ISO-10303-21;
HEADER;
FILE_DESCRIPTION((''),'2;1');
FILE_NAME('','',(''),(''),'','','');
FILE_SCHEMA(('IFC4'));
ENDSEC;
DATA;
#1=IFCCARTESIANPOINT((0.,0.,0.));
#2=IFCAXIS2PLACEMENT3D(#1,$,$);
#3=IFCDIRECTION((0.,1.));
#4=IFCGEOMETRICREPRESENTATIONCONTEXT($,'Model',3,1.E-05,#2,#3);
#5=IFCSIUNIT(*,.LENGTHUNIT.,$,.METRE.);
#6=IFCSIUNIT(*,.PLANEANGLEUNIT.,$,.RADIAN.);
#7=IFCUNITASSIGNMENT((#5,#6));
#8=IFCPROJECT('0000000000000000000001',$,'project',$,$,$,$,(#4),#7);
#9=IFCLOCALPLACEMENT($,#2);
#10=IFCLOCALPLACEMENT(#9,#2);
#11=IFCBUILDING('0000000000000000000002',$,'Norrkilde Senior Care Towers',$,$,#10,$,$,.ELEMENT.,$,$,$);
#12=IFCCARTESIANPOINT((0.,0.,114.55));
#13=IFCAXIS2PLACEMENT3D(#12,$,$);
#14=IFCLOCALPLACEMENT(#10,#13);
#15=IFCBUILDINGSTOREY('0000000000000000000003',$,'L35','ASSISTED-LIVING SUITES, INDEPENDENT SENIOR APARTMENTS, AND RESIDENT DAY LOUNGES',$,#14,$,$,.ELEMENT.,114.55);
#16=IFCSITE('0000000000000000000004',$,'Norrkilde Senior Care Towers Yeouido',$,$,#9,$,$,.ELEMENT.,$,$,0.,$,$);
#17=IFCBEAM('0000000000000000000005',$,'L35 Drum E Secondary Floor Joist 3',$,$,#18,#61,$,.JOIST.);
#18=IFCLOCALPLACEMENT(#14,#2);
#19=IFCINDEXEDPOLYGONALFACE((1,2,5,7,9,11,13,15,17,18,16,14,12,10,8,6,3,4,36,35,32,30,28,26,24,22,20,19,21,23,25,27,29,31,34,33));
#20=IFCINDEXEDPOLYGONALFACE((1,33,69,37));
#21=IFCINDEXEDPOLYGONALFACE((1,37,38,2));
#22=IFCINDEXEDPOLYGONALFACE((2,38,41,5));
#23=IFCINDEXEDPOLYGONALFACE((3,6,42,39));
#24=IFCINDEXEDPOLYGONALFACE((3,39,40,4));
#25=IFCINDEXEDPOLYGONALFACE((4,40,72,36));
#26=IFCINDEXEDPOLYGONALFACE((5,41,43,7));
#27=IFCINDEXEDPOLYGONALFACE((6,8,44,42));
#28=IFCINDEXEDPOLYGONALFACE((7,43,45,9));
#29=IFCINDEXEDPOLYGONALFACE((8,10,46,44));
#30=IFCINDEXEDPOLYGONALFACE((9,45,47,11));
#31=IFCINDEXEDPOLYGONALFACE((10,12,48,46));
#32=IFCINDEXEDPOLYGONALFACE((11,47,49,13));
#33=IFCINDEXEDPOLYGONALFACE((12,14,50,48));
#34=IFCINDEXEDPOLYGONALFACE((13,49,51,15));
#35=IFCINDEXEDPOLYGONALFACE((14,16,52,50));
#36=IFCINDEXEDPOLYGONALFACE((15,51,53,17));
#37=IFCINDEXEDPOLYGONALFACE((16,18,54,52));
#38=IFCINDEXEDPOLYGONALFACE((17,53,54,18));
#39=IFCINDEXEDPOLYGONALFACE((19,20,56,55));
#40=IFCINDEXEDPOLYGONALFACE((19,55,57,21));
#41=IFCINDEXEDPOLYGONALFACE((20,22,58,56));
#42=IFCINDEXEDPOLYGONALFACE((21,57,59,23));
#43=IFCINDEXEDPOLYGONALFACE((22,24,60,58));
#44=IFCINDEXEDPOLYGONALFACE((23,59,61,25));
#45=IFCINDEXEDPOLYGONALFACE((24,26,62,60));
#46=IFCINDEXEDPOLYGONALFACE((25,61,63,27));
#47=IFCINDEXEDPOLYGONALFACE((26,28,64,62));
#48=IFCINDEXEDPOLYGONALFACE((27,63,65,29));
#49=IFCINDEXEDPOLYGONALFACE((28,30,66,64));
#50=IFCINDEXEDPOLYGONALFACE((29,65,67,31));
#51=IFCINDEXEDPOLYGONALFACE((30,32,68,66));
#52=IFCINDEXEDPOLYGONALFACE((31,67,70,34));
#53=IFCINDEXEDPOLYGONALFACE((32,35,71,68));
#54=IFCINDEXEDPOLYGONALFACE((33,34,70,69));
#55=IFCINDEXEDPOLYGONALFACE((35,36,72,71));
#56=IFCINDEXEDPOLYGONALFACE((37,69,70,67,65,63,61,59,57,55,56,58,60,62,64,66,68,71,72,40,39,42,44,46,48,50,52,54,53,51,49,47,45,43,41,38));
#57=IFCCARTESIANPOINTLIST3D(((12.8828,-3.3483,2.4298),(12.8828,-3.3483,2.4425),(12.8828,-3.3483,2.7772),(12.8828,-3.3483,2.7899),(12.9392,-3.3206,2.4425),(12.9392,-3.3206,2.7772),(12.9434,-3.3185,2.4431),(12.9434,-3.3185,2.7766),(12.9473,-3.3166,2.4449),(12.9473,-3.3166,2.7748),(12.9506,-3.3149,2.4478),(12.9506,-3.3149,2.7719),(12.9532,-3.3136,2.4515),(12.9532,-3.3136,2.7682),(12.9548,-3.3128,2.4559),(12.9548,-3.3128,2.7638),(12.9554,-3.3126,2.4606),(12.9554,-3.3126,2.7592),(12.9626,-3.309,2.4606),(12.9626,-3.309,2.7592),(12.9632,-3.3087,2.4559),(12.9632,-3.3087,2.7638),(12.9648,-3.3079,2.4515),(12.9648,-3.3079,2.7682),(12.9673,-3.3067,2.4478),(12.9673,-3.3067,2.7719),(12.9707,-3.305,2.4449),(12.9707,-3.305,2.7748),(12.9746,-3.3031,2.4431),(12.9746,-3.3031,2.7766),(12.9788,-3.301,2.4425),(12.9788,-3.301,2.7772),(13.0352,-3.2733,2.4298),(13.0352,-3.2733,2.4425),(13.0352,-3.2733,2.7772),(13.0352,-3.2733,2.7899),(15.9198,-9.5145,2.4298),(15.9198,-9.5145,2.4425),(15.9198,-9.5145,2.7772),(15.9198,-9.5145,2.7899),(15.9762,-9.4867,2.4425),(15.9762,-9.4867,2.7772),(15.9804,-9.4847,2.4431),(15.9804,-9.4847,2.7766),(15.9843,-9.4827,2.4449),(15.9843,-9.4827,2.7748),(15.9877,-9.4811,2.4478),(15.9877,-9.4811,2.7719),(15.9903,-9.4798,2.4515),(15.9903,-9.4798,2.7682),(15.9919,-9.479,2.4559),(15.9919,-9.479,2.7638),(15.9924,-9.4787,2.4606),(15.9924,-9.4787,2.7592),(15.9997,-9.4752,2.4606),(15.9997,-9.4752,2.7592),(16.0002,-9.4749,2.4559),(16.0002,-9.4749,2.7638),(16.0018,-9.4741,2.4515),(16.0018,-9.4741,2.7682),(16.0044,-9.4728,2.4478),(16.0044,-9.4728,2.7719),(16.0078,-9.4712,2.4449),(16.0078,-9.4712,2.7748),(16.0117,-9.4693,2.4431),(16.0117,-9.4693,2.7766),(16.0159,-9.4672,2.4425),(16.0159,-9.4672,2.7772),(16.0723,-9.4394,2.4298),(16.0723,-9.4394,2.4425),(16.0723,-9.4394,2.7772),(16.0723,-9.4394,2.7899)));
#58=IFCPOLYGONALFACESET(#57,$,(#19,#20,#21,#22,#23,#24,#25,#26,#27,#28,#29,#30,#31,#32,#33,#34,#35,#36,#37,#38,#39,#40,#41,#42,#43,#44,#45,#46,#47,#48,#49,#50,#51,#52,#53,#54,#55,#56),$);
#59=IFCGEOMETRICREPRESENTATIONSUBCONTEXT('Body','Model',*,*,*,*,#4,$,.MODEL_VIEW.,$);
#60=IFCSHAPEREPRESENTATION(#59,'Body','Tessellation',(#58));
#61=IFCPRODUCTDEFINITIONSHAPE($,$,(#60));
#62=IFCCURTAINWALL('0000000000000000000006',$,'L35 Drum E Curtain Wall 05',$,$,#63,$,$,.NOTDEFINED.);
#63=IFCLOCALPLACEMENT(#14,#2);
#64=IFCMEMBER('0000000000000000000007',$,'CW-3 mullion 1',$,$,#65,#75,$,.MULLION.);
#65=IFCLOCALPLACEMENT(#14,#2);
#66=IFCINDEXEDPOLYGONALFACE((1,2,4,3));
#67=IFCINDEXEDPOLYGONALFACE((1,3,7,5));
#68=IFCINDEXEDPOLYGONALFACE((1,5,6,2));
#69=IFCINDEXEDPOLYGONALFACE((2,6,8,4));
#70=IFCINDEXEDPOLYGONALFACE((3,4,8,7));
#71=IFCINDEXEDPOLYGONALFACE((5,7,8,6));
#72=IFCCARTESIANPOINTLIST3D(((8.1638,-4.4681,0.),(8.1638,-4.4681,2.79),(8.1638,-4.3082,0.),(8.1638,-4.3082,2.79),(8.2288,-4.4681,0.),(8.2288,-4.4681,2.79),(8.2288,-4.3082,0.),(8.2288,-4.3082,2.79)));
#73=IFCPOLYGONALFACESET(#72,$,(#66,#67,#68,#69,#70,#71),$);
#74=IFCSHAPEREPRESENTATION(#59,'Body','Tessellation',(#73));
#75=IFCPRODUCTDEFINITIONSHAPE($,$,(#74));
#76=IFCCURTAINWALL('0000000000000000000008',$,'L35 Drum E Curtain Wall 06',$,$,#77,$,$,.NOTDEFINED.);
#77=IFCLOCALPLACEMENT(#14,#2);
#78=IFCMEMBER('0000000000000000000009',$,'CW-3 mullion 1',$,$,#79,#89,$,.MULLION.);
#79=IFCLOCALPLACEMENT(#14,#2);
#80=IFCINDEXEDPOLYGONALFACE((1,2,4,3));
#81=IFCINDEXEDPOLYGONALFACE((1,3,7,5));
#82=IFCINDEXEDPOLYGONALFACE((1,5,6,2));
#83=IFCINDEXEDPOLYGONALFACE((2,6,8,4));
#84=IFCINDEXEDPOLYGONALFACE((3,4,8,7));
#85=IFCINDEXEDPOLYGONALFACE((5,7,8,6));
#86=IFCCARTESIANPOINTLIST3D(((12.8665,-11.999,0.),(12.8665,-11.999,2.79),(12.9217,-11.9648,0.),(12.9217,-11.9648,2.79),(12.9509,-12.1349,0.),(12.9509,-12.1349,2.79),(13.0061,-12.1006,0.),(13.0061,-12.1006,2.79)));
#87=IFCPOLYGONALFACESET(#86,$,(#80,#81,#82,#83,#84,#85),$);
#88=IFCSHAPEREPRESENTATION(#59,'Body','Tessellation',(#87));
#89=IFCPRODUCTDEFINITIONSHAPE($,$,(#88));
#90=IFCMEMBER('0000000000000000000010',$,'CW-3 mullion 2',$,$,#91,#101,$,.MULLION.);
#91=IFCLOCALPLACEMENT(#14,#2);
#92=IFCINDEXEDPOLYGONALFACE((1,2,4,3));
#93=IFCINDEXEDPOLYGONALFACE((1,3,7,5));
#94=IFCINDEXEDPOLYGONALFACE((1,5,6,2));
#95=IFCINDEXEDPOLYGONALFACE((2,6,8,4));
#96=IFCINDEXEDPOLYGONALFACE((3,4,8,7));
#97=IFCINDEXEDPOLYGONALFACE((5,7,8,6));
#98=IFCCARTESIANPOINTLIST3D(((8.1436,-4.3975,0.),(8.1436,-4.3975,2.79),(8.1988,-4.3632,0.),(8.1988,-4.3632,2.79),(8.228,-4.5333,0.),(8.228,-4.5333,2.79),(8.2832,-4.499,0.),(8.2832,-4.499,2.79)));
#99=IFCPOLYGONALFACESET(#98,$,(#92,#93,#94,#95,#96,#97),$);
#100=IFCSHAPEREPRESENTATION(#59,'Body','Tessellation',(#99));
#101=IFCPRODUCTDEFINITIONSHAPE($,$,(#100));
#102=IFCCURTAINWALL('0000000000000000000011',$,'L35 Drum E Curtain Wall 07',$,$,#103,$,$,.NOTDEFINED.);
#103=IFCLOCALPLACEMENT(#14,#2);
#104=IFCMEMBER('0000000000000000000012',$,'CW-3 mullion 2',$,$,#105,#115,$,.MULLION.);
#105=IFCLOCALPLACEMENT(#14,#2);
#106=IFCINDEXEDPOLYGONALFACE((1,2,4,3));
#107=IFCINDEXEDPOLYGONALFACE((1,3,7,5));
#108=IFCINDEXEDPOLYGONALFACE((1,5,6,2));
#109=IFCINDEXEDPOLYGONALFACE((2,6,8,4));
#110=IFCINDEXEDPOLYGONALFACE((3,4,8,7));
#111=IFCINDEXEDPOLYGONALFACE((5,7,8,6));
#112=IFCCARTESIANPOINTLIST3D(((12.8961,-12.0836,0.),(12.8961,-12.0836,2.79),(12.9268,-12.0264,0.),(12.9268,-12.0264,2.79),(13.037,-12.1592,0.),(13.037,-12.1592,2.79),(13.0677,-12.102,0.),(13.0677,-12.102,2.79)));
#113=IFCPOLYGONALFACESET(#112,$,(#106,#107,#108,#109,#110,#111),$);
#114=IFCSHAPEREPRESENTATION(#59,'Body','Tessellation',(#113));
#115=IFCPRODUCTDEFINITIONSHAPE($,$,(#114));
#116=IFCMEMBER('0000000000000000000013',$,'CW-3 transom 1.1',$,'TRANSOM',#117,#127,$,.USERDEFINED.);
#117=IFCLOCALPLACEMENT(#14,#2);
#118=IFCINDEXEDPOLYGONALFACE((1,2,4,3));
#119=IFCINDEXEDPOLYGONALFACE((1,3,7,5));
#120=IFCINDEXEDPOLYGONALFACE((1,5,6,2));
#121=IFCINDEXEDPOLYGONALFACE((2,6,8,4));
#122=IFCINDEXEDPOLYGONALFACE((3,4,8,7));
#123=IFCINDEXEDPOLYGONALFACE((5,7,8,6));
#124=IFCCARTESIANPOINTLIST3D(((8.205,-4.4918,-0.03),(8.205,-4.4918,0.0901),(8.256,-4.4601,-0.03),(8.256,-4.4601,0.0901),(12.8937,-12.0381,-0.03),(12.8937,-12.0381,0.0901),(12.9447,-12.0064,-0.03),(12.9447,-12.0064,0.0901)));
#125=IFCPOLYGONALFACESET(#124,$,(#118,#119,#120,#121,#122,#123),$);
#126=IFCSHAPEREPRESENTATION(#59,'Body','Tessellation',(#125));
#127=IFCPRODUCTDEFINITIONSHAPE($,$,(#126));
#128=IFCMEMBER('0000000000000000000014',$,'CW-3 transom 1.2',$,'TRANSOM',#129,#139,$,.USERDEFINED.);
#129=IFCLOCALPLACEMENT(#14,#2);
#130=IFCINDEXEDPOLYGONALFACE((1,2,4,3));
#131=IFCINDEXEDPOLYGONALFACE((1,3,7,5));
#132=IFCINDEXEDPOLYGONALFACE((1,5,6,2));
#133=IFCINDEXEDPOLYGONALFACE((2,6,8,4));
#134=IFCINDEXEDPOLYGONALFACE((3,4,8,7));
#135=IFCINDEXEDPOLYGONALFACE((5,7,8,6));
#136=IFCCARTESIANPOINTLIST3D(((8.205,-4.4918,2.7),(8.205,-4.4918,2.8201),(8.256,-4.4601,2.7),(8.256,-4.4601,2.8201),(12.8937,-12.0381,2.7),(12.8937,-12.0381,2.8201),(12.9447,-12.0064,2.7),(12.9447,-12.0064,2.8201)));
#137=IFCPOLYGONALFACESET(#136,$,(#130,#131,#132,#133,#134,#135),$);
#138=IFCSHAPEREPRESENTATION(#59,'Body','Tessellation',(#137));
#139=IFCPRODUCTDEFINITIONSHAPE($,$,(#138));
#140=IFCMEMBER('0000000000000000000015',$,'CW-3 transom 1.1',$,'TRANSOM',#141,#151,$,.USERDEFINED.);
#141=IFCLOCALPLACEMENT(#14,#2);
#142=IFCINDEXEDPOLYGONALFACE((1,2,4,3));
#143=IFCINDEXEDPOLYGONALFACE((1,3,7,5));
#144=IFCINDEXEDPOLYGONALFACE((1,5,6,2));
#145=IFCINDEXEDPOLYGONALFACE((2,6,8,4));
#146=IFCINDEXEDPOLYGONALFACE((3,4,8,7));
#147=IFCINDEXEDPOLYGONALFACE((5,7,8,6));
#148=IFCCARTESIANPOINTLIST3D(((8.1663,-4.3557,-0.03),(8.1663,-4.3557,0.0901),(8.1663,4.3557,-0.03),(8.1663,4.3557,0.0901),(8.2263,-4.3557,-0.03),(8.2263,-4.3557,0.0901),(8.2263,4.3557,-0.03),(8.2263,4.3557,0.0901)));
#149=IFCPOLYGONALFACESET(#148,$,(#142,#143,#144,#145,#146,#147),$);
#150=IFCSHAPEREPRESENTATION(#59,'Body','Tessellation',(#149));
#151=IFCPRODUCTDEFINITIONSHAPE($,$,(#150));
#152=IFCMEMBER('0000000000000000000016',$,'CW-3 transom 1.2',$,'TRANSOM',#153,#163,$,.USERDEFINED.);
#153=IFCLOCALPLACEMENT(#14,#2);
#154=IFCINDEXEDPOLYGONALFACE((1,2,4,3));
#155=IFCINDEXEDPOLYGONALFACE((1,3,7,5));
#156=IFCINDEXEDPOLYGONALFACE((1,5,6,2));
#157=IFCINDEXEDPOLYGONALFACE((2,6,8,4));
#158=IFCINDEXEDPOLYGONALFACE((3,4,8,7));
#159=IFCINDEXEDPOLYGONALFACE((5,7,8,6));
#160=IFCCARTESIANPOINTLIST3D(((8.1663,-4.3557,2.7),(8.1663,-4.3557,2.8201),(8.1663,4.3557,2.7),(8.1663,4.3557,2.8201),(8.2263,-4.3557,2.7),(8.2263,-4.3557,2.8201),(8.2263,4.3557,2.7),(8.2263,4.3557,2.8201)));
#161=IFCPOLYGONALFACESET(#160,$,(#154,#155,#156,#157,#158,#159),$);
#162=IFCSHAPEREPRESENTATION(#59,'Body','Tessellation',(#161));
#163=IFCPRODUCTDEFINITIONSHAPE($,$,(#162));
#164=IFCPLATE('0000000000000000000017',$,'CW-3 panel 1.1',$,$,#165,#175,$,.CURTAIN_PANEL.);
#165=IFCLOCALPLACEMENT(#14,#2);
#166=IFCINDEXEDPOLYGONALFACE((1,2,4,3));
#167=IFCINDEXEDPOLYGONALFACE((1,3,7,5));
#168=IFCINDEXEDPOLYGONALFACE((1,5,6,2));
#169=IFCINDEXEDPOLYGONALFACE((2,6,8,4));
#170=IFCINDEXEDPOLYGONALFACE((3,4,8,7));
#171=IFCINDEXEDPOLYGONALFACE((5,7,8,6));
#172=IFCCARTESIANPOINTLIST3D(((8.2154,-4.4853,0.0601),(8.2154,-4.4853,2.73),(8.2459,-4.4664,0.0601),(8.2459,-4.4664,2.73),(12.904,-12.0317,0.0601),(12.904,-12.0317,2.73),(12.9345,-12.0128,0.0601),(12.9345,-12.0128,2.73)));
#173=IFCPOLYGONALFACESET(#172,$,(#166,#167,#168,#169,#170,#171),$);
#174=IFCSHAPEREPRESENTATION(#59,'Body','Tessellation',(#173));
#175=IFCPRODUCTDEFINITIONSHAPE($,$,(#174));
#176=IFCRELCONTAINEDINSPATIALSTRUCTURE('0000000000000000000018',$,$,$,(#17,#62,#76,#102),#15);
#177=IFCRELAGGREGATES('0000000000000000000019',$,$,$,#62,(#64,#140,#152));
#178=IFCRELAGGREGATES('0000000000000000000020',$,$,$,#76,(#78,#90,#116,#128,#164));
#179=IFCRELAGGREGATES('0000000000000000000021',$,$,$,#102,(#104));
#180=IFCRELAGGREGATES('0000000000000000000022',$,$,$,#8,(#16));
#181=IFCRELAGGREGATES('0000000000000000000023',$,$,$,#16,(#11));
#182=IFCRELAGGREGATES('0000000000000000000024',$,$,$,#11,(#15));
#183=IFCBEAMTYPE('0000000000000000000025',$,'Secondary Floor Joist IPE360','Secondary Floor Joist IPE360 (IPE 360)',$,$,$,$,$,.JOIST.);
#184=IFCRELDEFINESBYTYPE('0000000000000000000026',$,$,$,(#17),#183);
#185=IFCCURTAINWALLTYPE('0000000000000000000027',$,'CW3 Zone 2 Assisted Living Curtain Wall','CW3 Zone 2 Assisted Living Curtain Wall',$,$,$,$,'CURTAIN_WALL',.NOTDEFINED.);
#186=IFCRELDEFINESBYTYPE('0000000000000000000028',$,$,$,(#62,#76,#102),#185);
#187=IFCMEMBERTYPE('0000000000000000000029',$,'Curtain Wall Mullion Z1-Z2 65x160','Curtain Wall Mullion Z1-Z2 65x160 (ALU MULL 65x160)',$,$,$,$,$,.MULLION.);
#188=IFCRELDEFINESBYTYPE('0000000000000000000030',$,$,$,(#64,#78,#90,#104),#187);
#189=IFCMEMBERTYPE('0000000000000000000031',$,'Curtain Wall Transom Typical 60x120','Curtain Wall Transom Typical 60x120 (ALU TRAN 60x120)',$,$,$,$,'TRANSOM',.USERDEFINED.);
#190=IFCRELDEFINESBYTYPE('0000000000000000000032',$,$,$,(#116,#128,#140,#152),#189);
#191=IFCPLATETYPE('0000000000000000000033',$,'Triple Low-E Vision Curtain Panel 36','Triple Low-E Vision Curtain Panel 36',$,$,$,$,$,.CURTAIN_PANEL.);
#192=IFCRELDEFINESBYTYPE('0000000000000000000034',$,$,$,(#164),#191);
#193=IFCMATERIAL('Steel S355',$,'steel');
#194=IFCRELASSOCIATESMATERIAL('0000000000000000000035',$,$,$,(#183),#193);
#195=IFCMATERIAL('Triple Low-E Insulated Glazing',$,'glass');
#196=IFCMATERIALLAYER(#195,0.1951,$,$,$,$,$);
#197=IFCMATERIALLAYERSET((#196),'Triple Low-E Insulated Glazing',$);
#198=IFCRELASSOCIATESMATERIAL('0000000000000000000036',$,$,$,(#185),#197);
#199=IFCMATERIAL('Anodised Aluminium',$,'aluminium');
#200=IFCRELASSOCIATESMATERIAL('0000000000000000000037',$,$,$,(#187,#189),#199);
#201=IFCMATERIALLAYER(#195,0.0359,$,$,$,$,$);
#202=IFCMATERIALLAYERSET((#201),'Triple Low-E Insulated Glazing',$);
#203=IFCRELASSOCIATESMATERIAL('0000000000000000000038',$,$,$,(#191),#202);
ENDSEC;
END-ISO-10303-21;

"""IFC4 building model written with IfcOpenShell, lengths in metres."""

from ifc_helpers import new_model, si_unit, direction, frame, origin, origin_2d, place, context, subcontext, project, spatial, rectangle, i_section, extrude, source, transform, mapped, material, layer, layer_set, material_profile, profile_set, type_object, type_shapes, element, aggregate, save


model = new_model("IFC4")

# Units and contexts
model_context = context("Model", 3, precision=1e-05, world=origin(), true_north=direction((0.0, 1.0)))
body_context = subcontext(model_context, "Body", "Model", "MODEL_VIEW")
ifc_project = project(units=[si_unit("LENGTHUNIT", "METRE"), si_unit("PLANEANGLEUNIT", "RADIAN")], contexts=[model_context])

# Site, building, storey
site_placement = place(None, origin())
site = spatial("IfcSite", under=ifc_project, at=site_placement, Name="Norrkilde Senior Care Towers Yeouido", CompositionType="ELEMENT", RefElevation=0.0)
building_placement = place(site_placement, origin())
building = spatial("IfcBuilding", under=site, at=building_placement, Name="Norrkilde Senior Care Towers", CompositionType="ELEMENT")
storey_placement = place(building_placement, frame((0.0, 0.0, 114.55)))
storey = spatial("IfcBuildingStorey", under=building, at=storey_placement, Name="L35", Description="ASSISTED-LIVING SUITES, INDEPENDENT SENIOR APARTMENTS, AND RESIDENT DAY LOUNGES", CompositionType="ELEMENT", Elevation=114.55)

# Beam
ifc_material_1 = material(Name="Steel S355", Category="steel")
ifc_material_profile_1 = material_profile(ifc_material_1, i_section(OverallWidth=0.1699, OverallDepth=0.3601, WebThickness=0.0081, FlangeThickness=0.0127, FilletRadius=0.0181, at=origin_2d()), Name="IPE 360")
ifc_profile_set_1 = profile_set([ifc_material_profile_1], Name="Steel S355")
beam_type_1 = type_object("IfcBeamType", Name="Secondary Floor Joist IPE360", Description="Secondary Floor Joist IPE360 (IPE 360)", PredefinedType="JOIST", material=ifc_profile_set_1)
shared_shape_1 = source(origin(), body_context, "Body", "SweptSolid", [
    extrude(i_section(OverallWidth=0.1699, OverallDepth=0.3601, WebThickness=0.0081, FlangeThickness=0.0127, FilletRadius=0.0181, at=origin_2d()), origin(), (0.0, 0.0, 1.0), 6.8735),
])
type_shapes(beam_type_1, [shared_shape_1])
beam_1_placement = place(storey_placement, frame((12.959, -3.3108, 2.6099), z_axis=(0.441849, -0.897089, 0.0), x_axis=(0.897089, 0.441849, 0.0)))
element("IfcBeam", 1, at=beam_1_placement, inside=storey, type_object=beam_type_1, Name="L35 Drum E Secondary Floor Joist 3", PredefinedType="JOIST", context=body_context, shape_type="MappedRepresentation", body=[
    mapped(shared_shape_1, transform((0.0, 0.0, 0.0), x_axis=(1.0, 0.0, 0.0), y_axis=(0.0, 1.0, 0.0), z_axis=(0.0, 0.0, 1.0), scale=1.0)),
])

# Curtain wall, member
ifc_material_2 = material(Name="Triple Low-E Insulated Glazing", Category="glass")
ifc_layer_1 = layer(ifc_material_2, 0.1951)
ifc_layer_set_1 = layer_set([ifc_layer_1], Name="Triple Low-E Insulated Glazing")
curtain_wall_type = type_object("IfcCurtainWallType", Name="CW3 Zone 2 Assisted Living Curtain Wall", Description="CW3 Zone 2 Assisted Living Curtain Wall", ElementType="CURTAIN_WALL", PredefinedType="NOTDEFINED", material=ifc_layer_set_1)
curtain_wall_1_placement = place(storey_placement, origin())
curtain_wall_1 = element("IfcCurtainWall", 2, at=curtain_wall_1_placement, inside=storey, type_object=curtain_wall_type, Name="L35 Drum E Curtain Wall 05", PredefinedType="NOTDEFINED")
ifc_material_3 = material(Name="Anodised Aluminium", Category="aluminium")
ifc_material_profile_2 = material_profile(ifc_material_3, rectangle(XDim=0.0649, YDim=0.1599, at=origin_2d()), Name="ALU MULL 65x160")
ifc_profile_set_2 = profile_set([ifc_material_profile_2], Name="Anodised Aluminium")
member_type_1 = type_object("IfcMemberType", Name="Curtain Wall Mullion Z1-Z2 65x160", Description="Curtain Wall Mullion Z1-Z2 65x160 (ALU MULL 65x160)", PredefinedType="MULLION", material=ifc_profile_set_2)
shared_shape_2 = source(origin(), body_context, "Body", "SweptSolid", [
    extrude(rectangle(XDim=0.0649, YDim=0.1599, at=origin_2d()), origin(), (0.0, 0.0, 1.0), 2.79),
])
type_shapes(member_type_1, [shared_shape_2])
member_1_placement = place(storey_placement, frame((8.1963, -4.3882, 0.0), z_axis=(0.0, 0.0, 1.0), x_axis=(-1.0, 0.0, 0.0)))
member_1 = element("IfcMember", 3, at=member_1_placement, type_object=member_type_1, Name="CW-3 mullion 1", PredefinedType="MULLION", context=body_context, shape_type="MappedRepresentation", body=[
    mapped(shared_shape_2, transform((0.0, 0.0, 0.0), x_axis=(1.0, 0.0, 0.0), y_axis=(0.0, 1.0, 0.0), z_axis=(0.0, 0.0, 1.0), scale=1.0)),
])

# Curtain wall, members
curtain_wall_2_placement = place(storey_placement, origin())
curtain_wall_2 = element("IfcCurtainWall", 4, at=curtain_wall_2_placement, inside=storey, type_object=curtain_wall_type, Name="L35 Drum E Curtain Wall 06", PredefinedType="NOTDEFINED")
member_2_placement = place(storey_placement, frame((12.9363, -12.0498, 0.0), z_axis=(0.0, 0.0, 1.0), x_axis=(-0.84941, -0.527733, 0.0)))
member_2 = element("IfcMember", 5, at=member_2_placement, type_object=member_type_1, Name="CW-3 mullion 1", PredefinedType="MULLION", context=body_context, shape_type="MappedRepresentation", body=[
    mapped(shared_shape_2, transform((0.0, 0.0, 0.0), x_axis=(1.0, 0.0, 0.0), y_axis=(0.0, 1.0, 0.0), z_axis=(0.0, 0.0, 1.0), scale=1.0)),
])
member_3_placement = place(storey_placement, frame((8.2134, -4.4482, 0.0), z_axis=(0.0, 0.0, 1.0), x_axis=(-0.84941, -0.527733, 0.0)))
member_3 = element("IfcMember", 6, at=member_3_placement, type_object=member_type_1, Name="CW-3 mullion 2", PredefinedType="MULLION", context=body_context, shape_type="MappedRepresentation", body=[
    mapped(shared_shape_2, transform((0.0, 0.0, 0.0), x_axis=(1.0, 0.0, 0.0), y_axis=(0.0, 1.0, 0.0), z_axis=(0.0, 0.0, 1.0), scale=1.0)),
])

# Curtain wall, member
curtain_wall_3_placement = place(storey_placement, origin())
curtain_wall_3 = element("IfcCurtainWall", 7, at=curtain_wall_3_placement, inside=storey, type_object=curtain_wall_type, Name="L35 Drum E Curtain Wall 07", PredefinedType="NOTDEFINED")
member_4_placement = place(storey_placement, frame((12.9819, -12.0928, 0.0), z_axis=(0.0, 0.0, 1.0), x_axis=(-0.472769, -0.881186, 0.0)))
member_4 = element("IfcMember", 8, at=member_4_placement, type_object=member_type_1, Name="CW-3 mullion 2", PredefinedType="MULLION", context=body_context, shape_type="MappedRepresentation", body=[
    mapped(shared_shape_2, transform((0.0, 0.0, 0.0), x_axis=(1.0, 0.0, 0.0), y_axis=(0.0, 1.0, 0.0), z_axis=(0.0, 0.0, 1.0), scale=1.0)),
])

# Members
ifc_material_profile_3 = material_profile(ifc_material_3, rectangle(XDim=0.0601, YDim=0.1201, at=origin_2d()), Name="ALU TRAN 60x120")
ifc_profile_set_3 = profile_set([ifc_material_profile_3], Name="Anodised Aluminium")
member_type_2 = type_object("IfcMemberType", Name="Curtain Wall Transom Typical 60x120", Description="Curtain Wall Transom Typical 60x120 (ALU TRAN 60x120)", ElementType="TRANSOM", PredefinedType="USERDEFINED", material=ifc_profile_set_3)
shared_shape_3 = source(origin(), body_context, "Body", "SweptSolid", [
    extrude(rectangle(XDim=0.0601, YDim=0.1201, at=origin_2d()), origin(), (0.0, 0.0, 1.0), 8.8843),
])
member_5_placement = place(storey_placement, frame((12.9192, -12.0222, 0.03), z_axis=(-0.527749, 0.8494, 0.0), x_axis=(-0.8494, -0.527749, 0.0)))
member_5 = element("IfcMember", 9, at=member_5_placement, type_object=member_type_2, Name="CW-3 transom 1.1", ObjectType="TRANSOM", PredefinedType="USERDEFINED", context=body_context, shape_type="MappedRepresentation", body=[
    mapped(shared_shape_3, transform((0.0, 0.0, 0.0), x_axis=(1.0, 0.0, 0.0), y_axis=(0.0, 1.0, 0.0), z_axis=(0.0, 0.0, 1.0), scale=1.0)),
])
member_6_placement = place(storey_placement, frame((12.9192, -12.0222, 2.76), z_axis=(-0.527749, 0.8494, 0.0), x_axis=(-0.8494, -0.527749, 0.0)))
member_6 = element("IfcMember", 10, at=member_6_placement, type_object=member_type_2, Name="CW-3 transom 1.2", ObjectType="TRANSOM", PredefinedType="USERDEFINED", context=body_context, shape_type="MappedRepresentation", body=[
    mapped(shared_shape_3, transform((0.0, 0.0, 0.0), x_axis=(1.0, 0.0, 0.0), y_axis=(0.0, 1.0, 0.0), z_axis=(0.0, 0.0, 1.0), scale=1.0)),
])
shared_shape_4 = source(origin(), body_context, "Body", "SweptSolid", [
    extrude(rectangle(XDim=0.0601, YDim=0.1201, at=origin_2d()), origin(), (0.0, 0.0, 1.0), 8.7114),
])
type_shapes(member_type_2, [shared_shape_3, shared_shape_4])
member_7_placement = place(storey_placement, frame((8.1963, -4.3557, 0.03), z_axis=(0.0, 1.0, 0.0), x_axis=(-1.0, 0.0, 0.0)))
member_7 = element("IfcMember", 11, at=member_7_placement, type_object=member_type_2, Name="CW-3 transom 1.1", ObjectType="TRANSOM", PredefinedType="USERDEFINED", context=body_context, shape_type="MappedRepresentation", body=[
    mapped(shared_shape_4, transform((0.0, 0.0, 0.0), x_axis=(1.0, 0.0, 0.0), y_axis=(0.0, 1.0, 0.0), z_axis=(0.0, 0.0, 1.0), scale=1.0)),
])
member_8_placement = place(storey_placement, frame((8.1963, -4.3557, 2.76), z_axis=(0.0, 1.0, 0.0), x_axis=(-1.0, 0.0, 0.0)))
member_8 = element("IfcMember", 12, at=member_8_placement, type_object=member_type_2, Name="CW-3 transom 1.2", ObjectType="TRANSOM", PredefinedType="USERDEFINED", context=body_context, shape_type="MappedRepresentation", body=[
    mapped(shared_shape_4, transform((0.0, 0.0, 0.0), x_axis=(1.0, 0.0, 0.0), y_axis=(0.0, 1.0, 0.0), z_axis=(0.0, 0.0, 1.0), scale=1.0)),
])
aggregate(curtain_wall_1, [member_1, member_7, member_8])

# Plate
ifc_layer_2 = layer(ifc_material_2, 0.0359)
ifc_layer_set_2 = layer_set([ifc_layer_2], Name="Triple Low-E Insulated Glazing")
plate_type = type_object("IfcPlateType", Name="Triple Low-E Vision Curtain Panel 36", Description="Triple Low-E Vision Curtain Panel 36", PredefinedType="CURTAIN_PANEL", material=ifc_layer_set_2)
shared_shape_5 = source(origin(), body_context, "Body", "SweptSolid", [
    extrude(rectangle(XDim=8.8843, YDim=0.0359, at=origin_2d()), origin(), (0.0, 0.0, 1.0), 2.6699),
])
plate_1_placement = place(storey_placement, frame((10.575, -8.249, 0.0601), z_axis=(0.0, 0.0, 1.0), x_axis=(-0.527733, 0.84941, 0.0)))
plate_1 = element("IfcPlate", 13, at=plate_1_placement, type_object=plate_type, Name="CW-3 panel 1.1", PredefinedType="CURTAIN_PANEL", context=body_context, shape_type="MappedRepresentation", body=[
    mapped(shared_shape_5, transform((0.0, 0.0, 0.0), x_axis=(1.0, 0.0, 0.0), y_axis=(0.0, 1.0, 0.0), z_axis=(0.0, 0.0, 1.0), scale=1.0)),
])
aggregate(curtain_wall_2, [member_2, member_3, member_5, member_6, plate_1])
aggregate(curtain_wall_3, [member_4])

save(model, "model.ifc")
